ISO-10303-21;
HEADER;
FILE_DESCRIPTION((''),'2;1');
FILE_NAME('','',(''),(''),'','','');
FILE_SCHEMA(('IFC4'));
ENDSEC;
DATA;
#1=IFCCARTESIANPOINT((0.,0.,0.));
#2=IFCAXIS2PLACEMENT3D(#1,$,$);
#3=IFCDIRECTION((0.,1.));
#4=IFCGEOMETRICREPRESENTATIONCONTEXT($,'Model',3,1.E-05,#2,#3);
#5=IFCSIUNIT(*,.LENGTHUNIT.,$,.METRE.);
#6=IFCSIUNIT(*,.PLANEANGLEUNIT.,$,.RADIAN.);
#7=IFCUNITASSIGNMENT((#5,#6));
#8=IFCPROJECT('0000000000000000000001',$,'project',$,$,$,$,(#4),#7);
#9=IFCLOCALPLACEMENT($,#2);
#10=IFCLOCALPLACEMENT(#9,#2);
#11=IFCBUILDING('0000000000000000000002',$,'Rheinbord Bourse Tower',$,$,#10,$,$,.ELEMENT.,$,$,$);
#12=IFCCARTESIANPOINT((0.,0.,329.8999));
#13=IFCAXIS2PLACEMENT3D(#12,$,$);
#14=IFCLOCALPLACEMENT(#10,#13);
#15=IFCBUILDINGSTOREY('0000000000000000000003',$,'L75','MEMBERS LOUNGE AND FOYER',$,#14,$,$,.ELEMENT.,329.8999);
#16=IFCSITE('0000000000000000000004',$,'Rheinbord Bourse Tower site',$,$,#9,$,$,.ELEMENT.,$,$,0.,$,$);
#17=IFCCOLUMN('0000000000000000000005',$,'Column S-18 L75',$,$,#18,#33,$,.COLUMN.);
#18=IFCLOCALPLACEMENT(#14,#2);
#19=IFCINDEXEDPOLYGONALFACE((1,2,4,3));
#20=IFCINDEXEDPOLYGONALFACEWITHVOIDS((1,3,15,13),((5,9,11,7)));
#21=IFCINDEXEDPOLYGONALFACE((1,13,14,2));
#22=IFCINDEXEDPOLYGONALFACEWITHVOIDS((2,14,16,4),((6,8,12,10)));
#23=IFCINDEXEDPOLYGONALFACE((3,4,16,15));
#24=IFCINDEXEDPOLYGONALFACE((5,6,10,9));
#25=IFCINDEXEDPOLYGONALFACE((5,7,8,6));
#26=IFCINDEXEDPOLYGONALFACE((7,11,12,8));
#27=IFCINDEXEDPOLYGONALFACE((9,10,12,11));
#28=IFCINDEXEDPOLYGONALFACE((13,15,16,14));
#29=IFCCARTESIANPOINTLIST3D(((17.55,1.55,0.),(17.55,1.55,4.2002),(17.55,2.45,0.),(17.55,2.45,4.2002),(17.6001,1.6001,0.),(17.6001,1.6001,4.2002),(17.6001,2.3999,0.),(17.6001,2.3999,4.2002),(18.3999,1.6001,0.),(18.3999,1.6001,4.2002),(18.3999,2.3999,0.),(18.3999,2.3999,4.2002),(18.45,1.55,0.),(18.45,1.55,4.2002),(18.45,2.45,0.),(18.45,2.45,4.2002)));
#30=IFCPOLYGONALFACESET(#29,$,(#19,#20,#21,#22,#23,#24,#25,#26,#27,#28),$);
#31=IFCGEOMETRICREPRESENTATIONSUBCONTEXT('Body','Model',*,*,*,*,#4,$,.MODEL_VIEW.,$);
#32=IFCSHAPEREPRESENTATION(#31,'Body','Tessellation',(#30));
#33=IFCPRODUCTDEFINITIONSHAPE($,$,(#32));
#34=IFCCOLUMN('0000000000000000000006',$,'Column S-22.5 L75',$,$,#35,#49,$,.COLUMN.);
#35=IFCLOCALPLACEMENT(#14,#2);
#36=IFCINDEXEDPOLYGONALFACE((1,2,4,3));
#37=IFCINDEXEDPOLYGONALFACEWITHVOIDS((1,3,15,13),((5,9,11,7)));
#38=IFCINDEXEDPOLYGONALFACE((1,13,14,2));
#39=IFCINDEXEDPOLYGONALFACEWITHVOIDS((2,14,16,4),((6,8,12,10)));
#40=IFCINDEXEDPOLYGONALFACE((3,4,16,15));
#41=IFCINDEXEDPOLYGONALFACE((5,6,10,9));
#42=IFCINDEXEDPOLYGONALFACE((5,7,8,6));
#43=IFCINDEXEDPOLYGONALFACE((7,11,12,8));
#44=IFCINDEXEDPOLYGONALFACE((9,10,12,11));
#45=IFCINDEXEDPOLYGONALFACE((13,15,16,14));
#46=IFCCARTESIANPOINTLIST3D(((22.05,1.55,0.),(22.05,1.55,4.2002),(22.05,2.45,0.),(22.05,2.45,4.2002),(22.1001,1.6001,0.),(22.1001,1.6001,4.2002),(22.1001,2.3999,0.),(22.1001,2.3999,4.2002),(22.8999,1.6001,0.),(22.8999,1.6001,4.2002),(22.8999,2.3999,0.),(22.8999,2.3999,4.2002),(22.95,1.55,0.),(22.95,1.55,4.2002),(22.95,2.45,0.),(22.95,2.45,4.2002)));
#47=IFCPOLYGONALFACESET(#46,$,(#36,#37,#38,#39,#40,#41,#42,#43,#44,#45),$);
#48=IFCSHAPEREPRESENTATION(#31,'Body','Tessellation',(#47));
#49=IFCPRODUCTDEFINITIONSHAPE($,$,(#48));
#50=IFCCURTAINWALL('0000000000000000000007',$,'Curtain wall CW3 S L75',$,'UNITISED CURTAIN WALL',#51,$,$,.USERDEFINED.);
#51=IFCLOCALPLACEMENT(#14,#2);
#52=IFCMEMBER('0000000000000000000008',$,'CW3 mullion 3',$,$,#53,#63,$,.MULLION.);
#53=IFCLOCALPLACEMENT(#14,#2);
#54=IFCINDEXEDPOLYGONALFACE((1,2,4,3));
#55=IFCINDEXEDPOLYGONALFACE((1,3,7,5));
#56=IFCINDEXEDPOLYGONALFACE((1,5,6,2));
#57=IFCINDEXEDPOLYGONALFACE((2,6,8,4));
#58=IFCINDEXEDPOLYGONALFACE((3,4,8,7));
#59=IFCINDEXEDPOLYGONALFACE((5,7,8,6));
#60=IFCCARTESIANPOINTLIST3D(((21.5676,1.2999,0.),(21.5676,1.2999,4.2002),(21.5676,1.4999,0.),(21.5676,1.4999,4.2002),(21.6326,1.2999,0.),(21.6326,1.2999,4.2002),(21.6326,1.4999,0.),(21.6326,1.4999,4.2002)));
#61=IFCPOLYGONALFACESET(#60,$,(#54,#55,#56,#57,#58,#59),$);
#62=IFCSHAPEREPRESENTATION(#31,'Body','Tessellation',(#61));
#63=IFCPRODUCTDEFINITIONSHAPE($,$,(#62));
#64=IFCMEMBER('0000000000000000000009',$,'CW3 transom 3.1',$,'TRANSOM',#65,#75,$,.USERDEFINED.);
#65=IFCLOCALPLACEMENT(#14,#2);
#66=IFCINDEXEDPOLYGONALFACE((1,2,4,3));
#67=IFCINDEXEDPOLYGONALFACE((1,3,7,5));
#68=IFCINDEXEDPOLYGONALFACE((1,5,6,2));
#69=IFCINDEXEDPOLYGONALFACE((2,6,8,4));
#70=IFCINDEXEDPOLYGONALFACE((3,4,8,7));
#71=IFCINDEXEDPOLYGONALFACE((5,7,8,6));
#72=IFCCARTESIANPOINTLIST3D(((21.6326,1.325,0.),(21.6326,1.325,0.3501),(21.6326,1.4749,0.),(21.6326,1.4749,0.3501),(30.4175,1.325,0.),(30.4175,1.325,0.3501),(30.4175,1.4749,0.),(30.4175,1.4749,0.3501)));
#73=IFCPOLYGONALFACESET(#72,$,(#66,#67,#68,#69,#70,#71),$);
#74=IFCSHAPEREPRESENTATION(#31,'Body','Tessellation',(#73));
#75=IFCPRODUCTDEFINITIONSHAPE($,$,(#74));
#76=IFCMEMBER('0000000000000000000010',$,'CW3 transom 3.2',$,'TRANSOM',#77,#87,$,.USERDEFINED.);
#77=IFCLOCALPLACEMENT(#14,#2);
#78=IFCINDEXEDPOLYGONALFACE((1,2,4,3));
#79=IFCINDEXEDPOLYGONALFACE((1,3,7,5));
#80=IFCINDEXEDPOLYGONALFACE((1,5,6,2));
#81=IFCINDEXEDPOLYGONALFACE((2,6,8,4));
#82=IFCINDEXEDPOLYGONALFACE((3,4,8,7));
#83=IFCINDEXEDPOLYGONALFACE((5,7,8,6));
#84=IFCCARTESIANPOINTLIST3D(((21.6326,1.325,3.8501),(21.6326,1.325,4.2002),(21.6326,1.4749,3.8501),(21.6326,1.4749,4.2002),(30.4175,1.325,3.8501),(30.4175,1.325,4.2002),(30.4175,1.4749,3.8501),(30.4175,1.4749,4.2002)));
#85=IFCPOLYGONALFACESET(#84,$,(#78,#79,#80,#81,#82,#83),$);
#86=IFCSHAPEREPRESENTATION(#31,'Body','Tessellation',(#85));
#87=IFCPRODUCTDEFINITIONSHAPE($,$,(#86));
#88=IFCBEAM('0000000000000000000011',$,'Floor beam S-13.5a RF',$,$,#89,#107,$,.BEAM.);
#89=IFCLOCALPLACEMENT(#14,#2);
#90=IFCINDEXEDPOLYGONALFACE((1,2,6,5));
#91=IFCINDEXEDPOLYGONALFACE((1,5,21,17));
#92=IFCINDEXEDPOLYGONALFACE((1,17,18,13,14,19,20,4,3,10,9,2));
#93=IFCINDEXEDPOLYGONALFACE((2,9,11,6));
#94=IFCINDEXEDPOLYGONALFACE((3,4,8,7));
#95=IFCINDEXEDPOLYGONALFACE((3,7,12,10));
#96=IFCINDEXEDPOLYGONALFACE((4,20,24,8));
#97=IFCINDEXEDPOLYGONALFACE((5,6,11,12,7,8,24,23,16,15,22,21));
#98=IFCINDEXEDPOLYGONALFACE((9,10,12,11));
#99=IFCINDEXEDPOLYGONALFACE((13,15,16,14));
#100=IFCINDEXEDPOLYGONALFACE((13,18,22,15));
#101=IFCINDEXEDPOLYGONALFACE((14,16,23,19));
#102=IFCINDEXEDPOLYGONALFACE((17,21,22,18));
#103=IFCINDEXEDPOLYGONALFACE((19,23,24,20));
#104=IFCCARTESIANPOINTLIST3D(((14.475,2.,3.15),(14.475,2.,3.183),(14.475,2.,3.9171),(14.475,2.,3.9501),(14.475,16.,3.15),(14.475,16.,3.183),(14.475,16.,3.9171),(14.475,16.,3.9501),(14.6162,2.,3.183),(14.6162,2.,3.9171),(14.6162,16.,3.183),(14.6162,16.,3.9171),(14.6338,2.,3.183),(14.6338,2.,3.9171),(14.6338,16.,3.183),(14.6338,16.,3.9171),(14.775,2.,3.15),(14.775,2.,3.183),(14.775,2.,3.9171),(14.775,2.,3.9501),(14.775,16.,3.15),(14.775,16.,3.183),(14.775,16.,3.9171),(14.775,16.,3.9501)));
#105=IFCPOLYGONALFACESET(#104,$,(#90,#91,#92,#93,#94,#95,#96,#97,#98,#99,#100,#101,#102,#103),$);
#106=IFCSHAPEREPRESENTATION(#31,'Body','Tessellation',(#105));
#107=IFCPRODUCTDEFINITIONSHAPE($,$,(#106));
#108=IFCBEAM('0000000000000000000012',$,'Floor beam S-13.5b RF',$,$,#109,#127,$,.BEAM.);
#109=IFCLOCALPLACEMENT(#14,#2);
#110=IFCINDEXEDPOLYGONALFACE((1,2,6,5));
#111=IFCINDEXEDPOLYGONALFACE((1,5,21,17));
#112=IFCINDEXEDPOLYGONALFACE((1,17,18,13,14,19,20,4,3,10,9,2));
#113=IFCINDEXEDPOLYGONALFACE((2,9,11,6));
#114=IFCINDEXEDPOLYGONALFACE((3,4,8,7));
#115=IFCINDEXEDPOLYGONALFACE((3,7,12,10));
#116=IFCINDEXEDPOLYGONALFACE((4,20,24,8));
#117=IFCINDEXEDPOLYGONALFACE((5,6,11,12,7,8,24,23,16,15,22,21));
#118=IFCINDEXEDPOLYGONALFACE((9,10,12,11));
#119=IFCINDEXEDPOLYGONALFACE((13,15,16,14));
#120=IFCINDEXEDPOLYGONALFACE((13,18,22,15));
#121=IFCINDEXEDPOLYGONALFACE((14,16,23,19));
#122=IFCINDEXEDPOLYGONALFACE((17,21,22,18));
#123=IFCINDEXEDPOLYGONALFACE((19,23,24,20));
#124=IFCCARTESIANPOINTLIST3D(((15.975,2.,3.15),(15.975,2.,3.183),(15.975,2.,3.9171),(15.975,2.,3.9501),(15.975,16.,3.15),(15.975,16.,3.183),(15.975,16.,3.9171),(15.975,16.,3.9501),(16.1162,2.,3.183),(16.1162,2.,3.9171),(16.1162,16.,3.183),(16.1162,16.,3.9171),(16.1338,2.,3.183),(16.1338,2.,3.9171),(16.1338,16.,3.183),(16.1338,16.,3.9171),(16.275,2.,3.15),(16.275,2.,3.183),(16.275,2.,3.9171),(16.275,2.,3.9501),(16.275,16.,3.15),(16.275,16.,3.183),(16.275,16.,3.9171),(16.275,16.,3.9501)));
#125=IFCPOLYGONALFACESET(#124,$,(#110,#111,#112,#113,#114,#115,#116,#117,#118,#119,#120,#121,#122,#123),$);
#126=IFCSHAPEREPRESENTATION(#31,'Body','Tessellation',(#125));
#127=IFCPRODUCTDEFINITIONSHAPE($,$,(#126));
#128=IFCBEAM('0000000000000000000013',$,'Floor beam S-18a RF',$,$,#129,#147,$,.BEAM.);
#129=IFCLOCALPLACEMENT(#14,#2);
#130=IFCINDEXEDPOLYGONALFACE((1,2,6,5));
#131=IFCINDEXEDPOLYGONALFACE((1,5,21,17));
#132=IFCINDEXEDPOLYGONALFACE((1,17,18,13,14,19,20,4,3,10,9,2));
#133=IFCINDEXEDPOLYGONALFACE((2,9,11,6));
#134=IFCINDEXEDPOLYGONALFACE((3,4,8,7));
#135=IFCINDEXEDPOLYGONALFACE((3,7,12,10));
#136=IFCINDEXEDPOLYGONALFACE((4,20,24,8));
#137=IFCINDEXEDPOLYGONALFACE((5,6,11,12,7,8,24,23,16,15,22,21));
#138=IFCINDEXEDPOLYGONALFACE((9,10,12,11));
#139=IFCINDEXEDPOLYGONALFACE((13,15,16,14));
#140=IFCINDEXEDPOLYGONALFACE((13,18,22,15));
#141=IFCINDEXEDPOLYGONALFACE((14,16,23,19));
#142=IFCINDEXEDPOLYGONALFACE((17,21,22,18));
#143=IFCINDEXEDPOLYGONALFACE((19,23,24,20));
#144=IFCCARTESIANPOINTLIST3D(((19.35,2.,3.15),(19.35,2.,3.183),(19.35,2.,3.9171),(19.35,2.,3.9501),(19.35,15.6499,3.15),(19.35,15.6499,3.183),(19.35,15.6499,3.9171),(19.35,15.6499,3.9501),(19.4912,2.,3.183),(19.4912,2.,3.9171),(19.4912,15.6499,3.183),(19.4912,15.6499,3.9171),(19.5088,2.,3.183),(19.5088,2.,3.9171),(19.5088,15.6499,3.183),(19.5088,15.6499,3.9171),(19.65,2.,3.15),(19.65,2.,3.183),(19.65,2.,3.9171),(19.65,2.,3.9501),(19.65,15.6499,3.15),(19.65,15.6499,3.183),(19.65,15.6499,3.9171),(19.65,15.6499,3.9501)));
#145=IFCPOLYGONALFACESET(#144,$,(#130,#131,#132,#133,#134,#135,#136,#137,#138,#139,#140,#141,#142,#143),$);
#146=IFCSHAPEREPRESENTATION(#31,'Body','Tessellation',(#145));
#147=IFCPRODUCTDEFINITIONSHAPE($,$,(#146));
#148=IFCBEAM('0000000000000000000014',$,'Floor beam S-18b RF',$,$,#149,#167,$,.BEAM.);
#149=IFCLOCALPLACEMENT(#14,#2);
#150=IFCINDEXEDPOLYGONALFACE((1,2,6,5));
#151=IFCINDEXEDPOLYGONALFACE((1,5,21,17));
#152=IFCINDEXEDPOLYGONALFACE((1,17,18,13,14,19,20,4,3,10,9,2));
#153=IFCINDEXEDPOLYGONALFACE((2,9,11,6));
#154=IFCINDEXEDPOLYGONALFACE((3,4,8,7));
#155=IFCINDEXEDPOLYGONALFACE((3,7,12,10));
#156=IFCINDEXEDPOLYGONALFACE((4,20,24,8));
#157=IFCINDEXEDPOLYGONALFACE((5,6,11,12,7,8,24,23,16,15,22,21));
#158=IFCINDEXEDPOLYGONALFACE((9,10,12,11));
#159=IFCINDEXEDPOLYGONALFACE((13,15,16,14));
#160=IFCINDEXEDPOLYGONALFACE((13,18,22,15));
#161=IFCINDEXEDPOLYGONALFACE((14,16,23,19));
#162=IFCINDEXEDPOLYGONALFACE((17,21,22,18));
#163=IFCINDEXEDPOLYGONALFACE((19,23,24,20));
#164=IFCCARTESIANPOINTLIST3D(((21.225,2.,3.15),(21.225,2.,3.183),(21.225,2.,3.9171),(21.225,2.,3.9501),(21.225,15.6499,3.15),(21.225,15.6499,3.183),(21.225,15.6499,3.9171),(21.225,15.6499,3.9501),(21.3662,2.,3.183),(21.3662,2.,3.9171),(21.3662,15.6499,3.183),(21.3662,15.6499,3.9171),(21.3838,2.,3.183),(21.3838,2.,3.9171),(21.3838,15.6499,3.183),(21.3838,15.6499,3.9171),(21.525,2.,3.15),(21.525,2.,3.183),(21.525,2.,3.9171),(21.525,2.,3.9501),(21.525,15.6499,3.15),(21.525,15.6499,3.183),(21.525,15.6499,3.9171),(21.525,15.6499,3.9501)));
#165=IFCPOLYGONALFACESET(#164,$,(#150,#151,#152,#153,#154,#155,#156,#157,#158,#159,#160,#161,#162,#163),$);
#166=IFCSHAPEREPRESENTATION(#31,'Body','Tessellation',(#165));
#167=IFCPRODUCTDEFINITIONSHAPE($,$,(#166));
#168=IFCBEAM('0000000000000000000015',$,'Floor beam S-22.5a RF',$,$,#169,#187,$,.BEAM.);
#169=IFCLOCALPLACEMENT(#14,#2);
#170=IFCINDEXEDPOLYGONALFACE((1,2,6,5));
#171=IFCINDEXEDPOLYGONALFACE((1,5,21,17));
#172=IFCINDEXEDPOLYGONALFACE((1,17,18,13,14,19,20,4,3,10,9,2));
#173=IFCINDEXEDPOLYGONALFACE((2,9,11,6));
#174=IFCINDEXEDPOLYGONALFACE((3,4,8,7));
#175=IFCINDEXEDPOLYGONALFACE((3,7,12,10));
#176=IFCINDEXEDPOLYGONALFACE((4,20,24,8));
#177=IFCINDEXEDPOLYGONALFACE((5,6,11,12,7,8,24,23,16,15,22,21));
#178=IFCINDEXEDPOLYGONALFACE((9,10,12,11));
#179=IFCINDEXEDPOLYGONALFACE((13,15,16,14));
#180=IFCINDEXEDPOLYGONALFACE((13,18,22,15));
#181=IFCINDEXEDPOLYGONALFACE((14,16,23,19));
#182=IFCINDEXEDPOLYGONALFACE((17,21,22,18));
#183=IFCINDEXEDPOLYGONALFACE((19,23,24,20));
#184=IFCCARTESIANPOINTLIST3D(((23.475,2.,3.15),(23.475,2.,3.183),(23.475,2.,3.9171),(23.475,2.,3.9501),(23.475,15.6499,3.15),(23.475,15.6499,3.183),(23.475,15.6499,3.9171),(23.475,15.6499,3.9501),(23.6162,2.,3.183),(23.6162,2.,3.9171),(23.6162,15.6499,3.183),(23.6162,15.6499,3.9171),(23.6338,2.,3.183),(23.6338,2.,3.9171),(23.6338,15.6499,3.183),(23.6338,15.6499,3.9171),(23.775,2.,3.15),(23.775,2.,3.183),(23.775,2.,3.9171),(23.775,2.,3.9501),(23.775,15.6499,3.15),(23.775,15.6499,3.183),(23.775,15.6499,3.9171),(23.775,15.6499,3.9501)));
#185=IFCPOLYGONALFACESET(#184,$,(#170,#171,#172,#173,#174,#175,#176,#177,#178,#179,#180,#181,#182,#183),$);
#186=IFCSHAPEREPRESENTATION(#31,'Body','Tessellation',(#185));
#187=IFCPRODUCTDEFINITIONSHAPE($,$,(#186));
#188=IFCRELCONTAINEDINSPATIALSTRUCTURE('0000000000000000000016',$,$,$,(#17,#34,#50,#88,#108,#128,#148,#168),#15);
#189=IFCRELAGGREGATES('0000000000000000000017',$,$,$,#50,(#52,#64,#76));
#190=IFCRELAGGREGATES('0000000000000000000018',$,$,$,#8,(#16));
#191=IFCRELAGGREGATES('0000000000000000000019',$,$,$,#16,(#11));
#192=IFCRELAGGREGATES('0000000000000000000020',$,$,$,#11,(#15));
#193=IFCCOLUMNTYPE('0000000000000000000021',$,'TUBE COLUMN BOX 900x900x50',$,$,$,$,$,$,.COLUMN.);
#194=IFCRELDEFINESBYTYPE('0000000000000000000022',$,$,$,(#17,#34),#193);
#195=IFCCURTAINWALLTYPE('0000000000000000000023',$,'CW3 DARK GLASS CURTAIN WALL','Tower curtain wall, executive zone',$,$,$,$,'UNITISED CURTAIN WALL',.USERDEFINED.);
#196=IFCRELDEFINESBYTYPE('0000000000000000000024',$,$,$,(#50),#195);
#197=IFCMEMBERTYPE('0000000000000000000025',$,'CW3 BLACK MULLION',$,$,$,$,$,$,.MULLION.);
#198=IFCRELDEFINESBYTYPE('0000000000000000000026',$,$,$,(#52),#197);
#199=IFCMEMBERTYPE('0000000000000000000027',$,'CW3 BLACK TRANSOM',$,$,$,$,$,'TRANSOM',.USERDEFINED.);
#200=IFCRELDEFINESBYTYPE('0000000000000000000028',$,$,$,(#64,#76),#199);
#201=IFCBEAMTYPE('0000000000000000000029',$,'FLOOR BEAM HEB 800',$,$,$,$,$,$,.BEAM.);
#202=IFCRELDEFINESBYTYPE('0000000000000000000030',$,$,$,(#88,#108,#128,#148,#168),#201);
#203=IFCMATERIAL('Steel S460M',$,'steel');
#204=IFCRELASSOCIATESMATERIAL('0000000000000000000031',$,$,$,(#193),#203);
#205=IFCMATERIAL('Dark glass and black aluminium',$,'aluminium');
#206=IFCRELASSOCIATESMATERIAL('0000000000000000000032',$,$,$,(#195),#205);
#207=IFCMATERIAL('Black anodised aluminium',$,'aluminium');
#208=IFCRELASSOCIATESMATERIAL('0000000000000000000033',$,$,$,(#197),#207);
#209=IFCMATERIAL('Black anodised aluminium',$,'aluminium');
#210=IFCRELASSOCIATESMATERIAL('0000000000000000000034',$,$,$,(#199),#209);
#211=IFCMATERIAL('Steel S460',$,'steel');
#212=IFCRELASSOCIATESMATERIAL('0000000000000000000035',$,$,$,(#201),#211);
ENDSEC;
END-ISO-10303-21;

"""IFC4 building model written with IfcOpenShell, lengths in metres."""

from ifc_helpers import new_model, si_unit, direction, frame, origin, origin_2d, place, context, subcontext, project, spatial, rectangle, hollow_rectangle, i_section, extrude, material, material_profile, profile_set, type_object, element, aggregate, save


model = new_model("IFC4")

# Units and contexts
model_context = context("Model", 3, precision=1e-05, world=origin(), true_north=direction((0.0, 1.0)))
body_context = subcontext(model_context, "Body", "Model", "MODEL_VIEW")
ifc_project = project(units=[si_unit("LENGTHUNIT", "METRE"), si_unit("PLANEANGLEUNIT", "RADIAN")], contexts=[model_context])

# Site, building, storey
site_placement = place(None, origin())
site = spatial("IfcSite", under=ifc_project, at=site_placement, Name="Rheinbord Bourse Tower site", CompositionType="ELEMENT", RefElevation=0.0)
building_placement = place(site_placement, origin())
building = spatial("IfcBuilding", under=site, at=building_placement, Name="Rheinbord Bourse Tower", CompositionType="ELEMENT")
storey_placement = place(building_placement, frame((0.0, 0.0, 329.8999)))
storey = spatial("IfcBuildingStorey", under=building, at=storey_placement, Name="L75", Description="MEMBERS LOUNGE AND FOYER", CompositionType="ELEMENT", Elevation=329.8999)

# Columns
ifc_material_1 = material(Name="Steel S460M", Category="steel")
ifc_material_profile_1 = material_profile(ifc_material_1, hollow_rectangle(XDim=0.8999, YDim=0.8999, WallThickness=0.05, at=origin_2d()), Name="BOX 900x900x50")
ifc_profile_set_1 = profile_set([ifc_material_profile_1], Name="Steel S460M")
column_type = type_object("IfcColumnType", Name="TUBE COLUMN BOX 900x900x50", PredefinedType="COLUMN", material=ifc_profile_set_1)
for number, where, z_axis, x_axis, name in (
    (1, (18.0, 2.0, 0.0), (0.0, 0.0, 1.0), (0.0, 1.0, 0.0), "Column S-18 L75"),
    (2, (22.5, 2.0, 0.0), (0.0, 0.0, 1.0), (0.0, 1.0, 0.0), "Column S-22.5 L75"),
):
    element("IfcColumn", number, at=place(storey_placement, frame(where, z_axis=z_axis, x_axis=x_axis)), inside=storey, type_object=column_type, Name=name, PredefinedType="COLUMN", context=body_context, shape_type="SweptSolid", body=[
        extrude(hollow_rectangle(XDim=0.8999, YDim=0.8999, WallThickness=0.05, at=origin_2d()), origin(), (0.0, 0.0, 1.0), 4.2002),
    ])

# Curtain wall, members
ifc_material_2 = material(Name="Dark glass and black aluminium", Category="aluminium")
curtain_wall_type = type_object("IfcCurtainWallType", Name="CW3 DARK GLASS CURTAIN WALL", Description="Tower curtain wall, executive zone", ElementType="UNITISED CURTAIN WALL", PredefinedType="USERDEFINED", material=ifc_material_2)
curtain_wall_placement = place(storey_placement, origin())
curtain_wall = element("IfcCurtainWall", 3, at=curtain_wall_placement, inside=storey, type_object=curtain_wall_type, Name="Curtain wall CW3 S L75", ObjectType="UNITISED CURTAIN WALL", PredefinedType="USERDEFINED")
ifc_material_3 = material(Name="Black anodised aluminium", Category="aluminium")
ifc_material_profile_2 = material_profile(ifc_material_3, rectangle(XDim=0.2, YDim=0.0649, at=origin_2d()), Name="CW3 MULLION 65x200")
ifc_profile_set_2 = profile_set([ifc_material_profile_2], Name="Black anodised aluminium")
member_type_1 = type_object("IfcMemberType", Name="CW3 BLACK MULLION", PredefinedType="MULLION", material=ifc_profile_set_2)
member_1_placement = place(storey_placement, frame((21.6001, 1.3999, 0.0), z_axis=(0.0, 0.0, 1.0), x_axis=(0.0, 1.0, 0.0)))
member_1 = element("IfcMember", 4, at=member_1_placement, type_object=member_type_1, Name="CW3 mullion 3", PredefinedType="MULLION", context=body_context, shape_type="SweptSolid", body=[
    extrude(rectangle(XDim=0.2, YDim=0.0649, at=origin_2d()), origin(), (0.0, 0.0, 1.0), 4.2002),
])
ifc_material_4 = material(Name="Black anodised aluminium", Category="aluminium")
ifc_material_profile_3 = material_profile(ifc_material_4, rectangle(XDim=0.1499, YDim=0.3501, at=origin_2d()), Name="CW3 TRANSOM 350x150")
ifc_profile_set_3 = profile_set([ifc_material_profile_3], Name="Black anodised aluminium")
member_type_2 = type_object("IfcMemberType", Name="CW3 BLACK TRANSOM", ElementType="TRANSOM", PredefinedType="USERDEFINED", material=ifc_profile_set_3)
member_2_placement = place(storey_placement, frame((21.6326, 1.3999, 0.175), z_axis=(1.0, 0.0, 0.0), x_axis=(0.0, 1.0, 0.0)))
member_2 = element("IfcMember", 5, at=member_2_placement, type_object=member_type_2, Name="CW3 transom 3.1", ObjectType="TRANSOM", PredefinedType="USERDEFINED", context=body_context, shape_type="SweptSolid", body=[
    extrude(rectangle(XDim=0.1499, YDim=0.3501, at=origin_2d()), origin(), (0.0, 0.0, 1.0), 8.7849),
])
member_3_placement = place(storey_placement, frame((21.6326, 1.3999, 4.0251), z_axis=(1.0, 0.0, 0.0), x_axis=(0.0, 1.0, 0.0)))
member_3 = element("IfcMember", 6, at=member_3_placement, type_object=member_type_2, Name="CW3 transom 3.2", ObjectType="TRANSOM", PredefinedType="USERDEFINED", context=body_context, shape_type="SweptSolid", body=[
    extrude(rectangle(XDim=0.1499, YDim=0.3501, at=origin_2d()), origin(), (0.0, 0.0, 1.0), 8.7849),
])

# Beams
ifc_material_5 = material(Name="Steel S460", Category="steel")
ifc_material_profile_4 = material_profile(ifc_material_5, i_section(OverallWidth=0.3, OverallDepth=0.8, WebThickness=0.0176, FlangeThickness=0.033, at=origin_2d()), Name="HEB 800")
ifc_profile_set_4 = profile_set([ifc_material_profile_4], Name="Steel S460")
beam_type_1 = type_object("IfcBeamType", Name="FLOOR BEAM HEB 800", PredefinedType="BEAM", material=ifc_profile_set_4)
for number, where, z_axis, x_axis, name in (
    (7, (14.625, 2.0, 3.55), (0.0, 1.0, 0.0), (-1.0, 0.0, 0.0), "Floor beam S-13.5a RF"),
    (8, (16.125, 2.0, 3.55), (0.0, 1.0, 0.0), (-1.0, 0.0, 0.0), "Floor beam S-13.5b RF"),
):
    element("IfcBeam", number, at=place(storey_placement, frame(where, z_axis=z_axis, x_axis=x_axis)), inside=storey, type_object=beam_type_1, Name=name, PredefinedType="BEAM", context=body_context, shape_type="SweptSolid", body=[
        extrude(i_section(OverallWidth=0.3, OverallDepth=0.8, WebThickness=0.0176, FlangeThickness=0.033, at=origin_2d()), origin(), (0.0, 0.0, 1.0), 14.0),
    ])
for number, where, z_axis, x_axis, name in (
    (9, (19.5, 2.0, 3.55), (0.0, 1.0, 0.0), (-1.0, 0.0, 0.0), "Floor beam S-18a RF"),
    (10, (21.375, 2.0, 3.55), (0.0, 1.0, 0.0), (-1.0, 0.0, 0.0), "Floor beam S-18b RF"),
    (11, (23.625, 2.0, 3.55), (0.0, 1.0, 0.0), (-1.0, 0.0, 0.0), "Floor beam S-22.5a RF"),
):
    element("IfcBeam", number, at=place(storey_placement, frame(where, z_axis=z_axis, x_axis=x_axis)), inside=storey, type_object=beam_type_1, Name=name, PredefinedType="BEAM", context=body_context, shape_type="SweptSolid", body=[
        extrude(i_section(OverallWidth=0.3, OverallDepth=0.8, WebThickness=0.0176, FlangeThickness=0.033, at=origin_2d()), origin(), (0.0, 0.0, 1.0), 13.6499),
    ])

aggregate(curtain_wall, [member_1, member_2, member_3])

save(model, "model.ifc")
